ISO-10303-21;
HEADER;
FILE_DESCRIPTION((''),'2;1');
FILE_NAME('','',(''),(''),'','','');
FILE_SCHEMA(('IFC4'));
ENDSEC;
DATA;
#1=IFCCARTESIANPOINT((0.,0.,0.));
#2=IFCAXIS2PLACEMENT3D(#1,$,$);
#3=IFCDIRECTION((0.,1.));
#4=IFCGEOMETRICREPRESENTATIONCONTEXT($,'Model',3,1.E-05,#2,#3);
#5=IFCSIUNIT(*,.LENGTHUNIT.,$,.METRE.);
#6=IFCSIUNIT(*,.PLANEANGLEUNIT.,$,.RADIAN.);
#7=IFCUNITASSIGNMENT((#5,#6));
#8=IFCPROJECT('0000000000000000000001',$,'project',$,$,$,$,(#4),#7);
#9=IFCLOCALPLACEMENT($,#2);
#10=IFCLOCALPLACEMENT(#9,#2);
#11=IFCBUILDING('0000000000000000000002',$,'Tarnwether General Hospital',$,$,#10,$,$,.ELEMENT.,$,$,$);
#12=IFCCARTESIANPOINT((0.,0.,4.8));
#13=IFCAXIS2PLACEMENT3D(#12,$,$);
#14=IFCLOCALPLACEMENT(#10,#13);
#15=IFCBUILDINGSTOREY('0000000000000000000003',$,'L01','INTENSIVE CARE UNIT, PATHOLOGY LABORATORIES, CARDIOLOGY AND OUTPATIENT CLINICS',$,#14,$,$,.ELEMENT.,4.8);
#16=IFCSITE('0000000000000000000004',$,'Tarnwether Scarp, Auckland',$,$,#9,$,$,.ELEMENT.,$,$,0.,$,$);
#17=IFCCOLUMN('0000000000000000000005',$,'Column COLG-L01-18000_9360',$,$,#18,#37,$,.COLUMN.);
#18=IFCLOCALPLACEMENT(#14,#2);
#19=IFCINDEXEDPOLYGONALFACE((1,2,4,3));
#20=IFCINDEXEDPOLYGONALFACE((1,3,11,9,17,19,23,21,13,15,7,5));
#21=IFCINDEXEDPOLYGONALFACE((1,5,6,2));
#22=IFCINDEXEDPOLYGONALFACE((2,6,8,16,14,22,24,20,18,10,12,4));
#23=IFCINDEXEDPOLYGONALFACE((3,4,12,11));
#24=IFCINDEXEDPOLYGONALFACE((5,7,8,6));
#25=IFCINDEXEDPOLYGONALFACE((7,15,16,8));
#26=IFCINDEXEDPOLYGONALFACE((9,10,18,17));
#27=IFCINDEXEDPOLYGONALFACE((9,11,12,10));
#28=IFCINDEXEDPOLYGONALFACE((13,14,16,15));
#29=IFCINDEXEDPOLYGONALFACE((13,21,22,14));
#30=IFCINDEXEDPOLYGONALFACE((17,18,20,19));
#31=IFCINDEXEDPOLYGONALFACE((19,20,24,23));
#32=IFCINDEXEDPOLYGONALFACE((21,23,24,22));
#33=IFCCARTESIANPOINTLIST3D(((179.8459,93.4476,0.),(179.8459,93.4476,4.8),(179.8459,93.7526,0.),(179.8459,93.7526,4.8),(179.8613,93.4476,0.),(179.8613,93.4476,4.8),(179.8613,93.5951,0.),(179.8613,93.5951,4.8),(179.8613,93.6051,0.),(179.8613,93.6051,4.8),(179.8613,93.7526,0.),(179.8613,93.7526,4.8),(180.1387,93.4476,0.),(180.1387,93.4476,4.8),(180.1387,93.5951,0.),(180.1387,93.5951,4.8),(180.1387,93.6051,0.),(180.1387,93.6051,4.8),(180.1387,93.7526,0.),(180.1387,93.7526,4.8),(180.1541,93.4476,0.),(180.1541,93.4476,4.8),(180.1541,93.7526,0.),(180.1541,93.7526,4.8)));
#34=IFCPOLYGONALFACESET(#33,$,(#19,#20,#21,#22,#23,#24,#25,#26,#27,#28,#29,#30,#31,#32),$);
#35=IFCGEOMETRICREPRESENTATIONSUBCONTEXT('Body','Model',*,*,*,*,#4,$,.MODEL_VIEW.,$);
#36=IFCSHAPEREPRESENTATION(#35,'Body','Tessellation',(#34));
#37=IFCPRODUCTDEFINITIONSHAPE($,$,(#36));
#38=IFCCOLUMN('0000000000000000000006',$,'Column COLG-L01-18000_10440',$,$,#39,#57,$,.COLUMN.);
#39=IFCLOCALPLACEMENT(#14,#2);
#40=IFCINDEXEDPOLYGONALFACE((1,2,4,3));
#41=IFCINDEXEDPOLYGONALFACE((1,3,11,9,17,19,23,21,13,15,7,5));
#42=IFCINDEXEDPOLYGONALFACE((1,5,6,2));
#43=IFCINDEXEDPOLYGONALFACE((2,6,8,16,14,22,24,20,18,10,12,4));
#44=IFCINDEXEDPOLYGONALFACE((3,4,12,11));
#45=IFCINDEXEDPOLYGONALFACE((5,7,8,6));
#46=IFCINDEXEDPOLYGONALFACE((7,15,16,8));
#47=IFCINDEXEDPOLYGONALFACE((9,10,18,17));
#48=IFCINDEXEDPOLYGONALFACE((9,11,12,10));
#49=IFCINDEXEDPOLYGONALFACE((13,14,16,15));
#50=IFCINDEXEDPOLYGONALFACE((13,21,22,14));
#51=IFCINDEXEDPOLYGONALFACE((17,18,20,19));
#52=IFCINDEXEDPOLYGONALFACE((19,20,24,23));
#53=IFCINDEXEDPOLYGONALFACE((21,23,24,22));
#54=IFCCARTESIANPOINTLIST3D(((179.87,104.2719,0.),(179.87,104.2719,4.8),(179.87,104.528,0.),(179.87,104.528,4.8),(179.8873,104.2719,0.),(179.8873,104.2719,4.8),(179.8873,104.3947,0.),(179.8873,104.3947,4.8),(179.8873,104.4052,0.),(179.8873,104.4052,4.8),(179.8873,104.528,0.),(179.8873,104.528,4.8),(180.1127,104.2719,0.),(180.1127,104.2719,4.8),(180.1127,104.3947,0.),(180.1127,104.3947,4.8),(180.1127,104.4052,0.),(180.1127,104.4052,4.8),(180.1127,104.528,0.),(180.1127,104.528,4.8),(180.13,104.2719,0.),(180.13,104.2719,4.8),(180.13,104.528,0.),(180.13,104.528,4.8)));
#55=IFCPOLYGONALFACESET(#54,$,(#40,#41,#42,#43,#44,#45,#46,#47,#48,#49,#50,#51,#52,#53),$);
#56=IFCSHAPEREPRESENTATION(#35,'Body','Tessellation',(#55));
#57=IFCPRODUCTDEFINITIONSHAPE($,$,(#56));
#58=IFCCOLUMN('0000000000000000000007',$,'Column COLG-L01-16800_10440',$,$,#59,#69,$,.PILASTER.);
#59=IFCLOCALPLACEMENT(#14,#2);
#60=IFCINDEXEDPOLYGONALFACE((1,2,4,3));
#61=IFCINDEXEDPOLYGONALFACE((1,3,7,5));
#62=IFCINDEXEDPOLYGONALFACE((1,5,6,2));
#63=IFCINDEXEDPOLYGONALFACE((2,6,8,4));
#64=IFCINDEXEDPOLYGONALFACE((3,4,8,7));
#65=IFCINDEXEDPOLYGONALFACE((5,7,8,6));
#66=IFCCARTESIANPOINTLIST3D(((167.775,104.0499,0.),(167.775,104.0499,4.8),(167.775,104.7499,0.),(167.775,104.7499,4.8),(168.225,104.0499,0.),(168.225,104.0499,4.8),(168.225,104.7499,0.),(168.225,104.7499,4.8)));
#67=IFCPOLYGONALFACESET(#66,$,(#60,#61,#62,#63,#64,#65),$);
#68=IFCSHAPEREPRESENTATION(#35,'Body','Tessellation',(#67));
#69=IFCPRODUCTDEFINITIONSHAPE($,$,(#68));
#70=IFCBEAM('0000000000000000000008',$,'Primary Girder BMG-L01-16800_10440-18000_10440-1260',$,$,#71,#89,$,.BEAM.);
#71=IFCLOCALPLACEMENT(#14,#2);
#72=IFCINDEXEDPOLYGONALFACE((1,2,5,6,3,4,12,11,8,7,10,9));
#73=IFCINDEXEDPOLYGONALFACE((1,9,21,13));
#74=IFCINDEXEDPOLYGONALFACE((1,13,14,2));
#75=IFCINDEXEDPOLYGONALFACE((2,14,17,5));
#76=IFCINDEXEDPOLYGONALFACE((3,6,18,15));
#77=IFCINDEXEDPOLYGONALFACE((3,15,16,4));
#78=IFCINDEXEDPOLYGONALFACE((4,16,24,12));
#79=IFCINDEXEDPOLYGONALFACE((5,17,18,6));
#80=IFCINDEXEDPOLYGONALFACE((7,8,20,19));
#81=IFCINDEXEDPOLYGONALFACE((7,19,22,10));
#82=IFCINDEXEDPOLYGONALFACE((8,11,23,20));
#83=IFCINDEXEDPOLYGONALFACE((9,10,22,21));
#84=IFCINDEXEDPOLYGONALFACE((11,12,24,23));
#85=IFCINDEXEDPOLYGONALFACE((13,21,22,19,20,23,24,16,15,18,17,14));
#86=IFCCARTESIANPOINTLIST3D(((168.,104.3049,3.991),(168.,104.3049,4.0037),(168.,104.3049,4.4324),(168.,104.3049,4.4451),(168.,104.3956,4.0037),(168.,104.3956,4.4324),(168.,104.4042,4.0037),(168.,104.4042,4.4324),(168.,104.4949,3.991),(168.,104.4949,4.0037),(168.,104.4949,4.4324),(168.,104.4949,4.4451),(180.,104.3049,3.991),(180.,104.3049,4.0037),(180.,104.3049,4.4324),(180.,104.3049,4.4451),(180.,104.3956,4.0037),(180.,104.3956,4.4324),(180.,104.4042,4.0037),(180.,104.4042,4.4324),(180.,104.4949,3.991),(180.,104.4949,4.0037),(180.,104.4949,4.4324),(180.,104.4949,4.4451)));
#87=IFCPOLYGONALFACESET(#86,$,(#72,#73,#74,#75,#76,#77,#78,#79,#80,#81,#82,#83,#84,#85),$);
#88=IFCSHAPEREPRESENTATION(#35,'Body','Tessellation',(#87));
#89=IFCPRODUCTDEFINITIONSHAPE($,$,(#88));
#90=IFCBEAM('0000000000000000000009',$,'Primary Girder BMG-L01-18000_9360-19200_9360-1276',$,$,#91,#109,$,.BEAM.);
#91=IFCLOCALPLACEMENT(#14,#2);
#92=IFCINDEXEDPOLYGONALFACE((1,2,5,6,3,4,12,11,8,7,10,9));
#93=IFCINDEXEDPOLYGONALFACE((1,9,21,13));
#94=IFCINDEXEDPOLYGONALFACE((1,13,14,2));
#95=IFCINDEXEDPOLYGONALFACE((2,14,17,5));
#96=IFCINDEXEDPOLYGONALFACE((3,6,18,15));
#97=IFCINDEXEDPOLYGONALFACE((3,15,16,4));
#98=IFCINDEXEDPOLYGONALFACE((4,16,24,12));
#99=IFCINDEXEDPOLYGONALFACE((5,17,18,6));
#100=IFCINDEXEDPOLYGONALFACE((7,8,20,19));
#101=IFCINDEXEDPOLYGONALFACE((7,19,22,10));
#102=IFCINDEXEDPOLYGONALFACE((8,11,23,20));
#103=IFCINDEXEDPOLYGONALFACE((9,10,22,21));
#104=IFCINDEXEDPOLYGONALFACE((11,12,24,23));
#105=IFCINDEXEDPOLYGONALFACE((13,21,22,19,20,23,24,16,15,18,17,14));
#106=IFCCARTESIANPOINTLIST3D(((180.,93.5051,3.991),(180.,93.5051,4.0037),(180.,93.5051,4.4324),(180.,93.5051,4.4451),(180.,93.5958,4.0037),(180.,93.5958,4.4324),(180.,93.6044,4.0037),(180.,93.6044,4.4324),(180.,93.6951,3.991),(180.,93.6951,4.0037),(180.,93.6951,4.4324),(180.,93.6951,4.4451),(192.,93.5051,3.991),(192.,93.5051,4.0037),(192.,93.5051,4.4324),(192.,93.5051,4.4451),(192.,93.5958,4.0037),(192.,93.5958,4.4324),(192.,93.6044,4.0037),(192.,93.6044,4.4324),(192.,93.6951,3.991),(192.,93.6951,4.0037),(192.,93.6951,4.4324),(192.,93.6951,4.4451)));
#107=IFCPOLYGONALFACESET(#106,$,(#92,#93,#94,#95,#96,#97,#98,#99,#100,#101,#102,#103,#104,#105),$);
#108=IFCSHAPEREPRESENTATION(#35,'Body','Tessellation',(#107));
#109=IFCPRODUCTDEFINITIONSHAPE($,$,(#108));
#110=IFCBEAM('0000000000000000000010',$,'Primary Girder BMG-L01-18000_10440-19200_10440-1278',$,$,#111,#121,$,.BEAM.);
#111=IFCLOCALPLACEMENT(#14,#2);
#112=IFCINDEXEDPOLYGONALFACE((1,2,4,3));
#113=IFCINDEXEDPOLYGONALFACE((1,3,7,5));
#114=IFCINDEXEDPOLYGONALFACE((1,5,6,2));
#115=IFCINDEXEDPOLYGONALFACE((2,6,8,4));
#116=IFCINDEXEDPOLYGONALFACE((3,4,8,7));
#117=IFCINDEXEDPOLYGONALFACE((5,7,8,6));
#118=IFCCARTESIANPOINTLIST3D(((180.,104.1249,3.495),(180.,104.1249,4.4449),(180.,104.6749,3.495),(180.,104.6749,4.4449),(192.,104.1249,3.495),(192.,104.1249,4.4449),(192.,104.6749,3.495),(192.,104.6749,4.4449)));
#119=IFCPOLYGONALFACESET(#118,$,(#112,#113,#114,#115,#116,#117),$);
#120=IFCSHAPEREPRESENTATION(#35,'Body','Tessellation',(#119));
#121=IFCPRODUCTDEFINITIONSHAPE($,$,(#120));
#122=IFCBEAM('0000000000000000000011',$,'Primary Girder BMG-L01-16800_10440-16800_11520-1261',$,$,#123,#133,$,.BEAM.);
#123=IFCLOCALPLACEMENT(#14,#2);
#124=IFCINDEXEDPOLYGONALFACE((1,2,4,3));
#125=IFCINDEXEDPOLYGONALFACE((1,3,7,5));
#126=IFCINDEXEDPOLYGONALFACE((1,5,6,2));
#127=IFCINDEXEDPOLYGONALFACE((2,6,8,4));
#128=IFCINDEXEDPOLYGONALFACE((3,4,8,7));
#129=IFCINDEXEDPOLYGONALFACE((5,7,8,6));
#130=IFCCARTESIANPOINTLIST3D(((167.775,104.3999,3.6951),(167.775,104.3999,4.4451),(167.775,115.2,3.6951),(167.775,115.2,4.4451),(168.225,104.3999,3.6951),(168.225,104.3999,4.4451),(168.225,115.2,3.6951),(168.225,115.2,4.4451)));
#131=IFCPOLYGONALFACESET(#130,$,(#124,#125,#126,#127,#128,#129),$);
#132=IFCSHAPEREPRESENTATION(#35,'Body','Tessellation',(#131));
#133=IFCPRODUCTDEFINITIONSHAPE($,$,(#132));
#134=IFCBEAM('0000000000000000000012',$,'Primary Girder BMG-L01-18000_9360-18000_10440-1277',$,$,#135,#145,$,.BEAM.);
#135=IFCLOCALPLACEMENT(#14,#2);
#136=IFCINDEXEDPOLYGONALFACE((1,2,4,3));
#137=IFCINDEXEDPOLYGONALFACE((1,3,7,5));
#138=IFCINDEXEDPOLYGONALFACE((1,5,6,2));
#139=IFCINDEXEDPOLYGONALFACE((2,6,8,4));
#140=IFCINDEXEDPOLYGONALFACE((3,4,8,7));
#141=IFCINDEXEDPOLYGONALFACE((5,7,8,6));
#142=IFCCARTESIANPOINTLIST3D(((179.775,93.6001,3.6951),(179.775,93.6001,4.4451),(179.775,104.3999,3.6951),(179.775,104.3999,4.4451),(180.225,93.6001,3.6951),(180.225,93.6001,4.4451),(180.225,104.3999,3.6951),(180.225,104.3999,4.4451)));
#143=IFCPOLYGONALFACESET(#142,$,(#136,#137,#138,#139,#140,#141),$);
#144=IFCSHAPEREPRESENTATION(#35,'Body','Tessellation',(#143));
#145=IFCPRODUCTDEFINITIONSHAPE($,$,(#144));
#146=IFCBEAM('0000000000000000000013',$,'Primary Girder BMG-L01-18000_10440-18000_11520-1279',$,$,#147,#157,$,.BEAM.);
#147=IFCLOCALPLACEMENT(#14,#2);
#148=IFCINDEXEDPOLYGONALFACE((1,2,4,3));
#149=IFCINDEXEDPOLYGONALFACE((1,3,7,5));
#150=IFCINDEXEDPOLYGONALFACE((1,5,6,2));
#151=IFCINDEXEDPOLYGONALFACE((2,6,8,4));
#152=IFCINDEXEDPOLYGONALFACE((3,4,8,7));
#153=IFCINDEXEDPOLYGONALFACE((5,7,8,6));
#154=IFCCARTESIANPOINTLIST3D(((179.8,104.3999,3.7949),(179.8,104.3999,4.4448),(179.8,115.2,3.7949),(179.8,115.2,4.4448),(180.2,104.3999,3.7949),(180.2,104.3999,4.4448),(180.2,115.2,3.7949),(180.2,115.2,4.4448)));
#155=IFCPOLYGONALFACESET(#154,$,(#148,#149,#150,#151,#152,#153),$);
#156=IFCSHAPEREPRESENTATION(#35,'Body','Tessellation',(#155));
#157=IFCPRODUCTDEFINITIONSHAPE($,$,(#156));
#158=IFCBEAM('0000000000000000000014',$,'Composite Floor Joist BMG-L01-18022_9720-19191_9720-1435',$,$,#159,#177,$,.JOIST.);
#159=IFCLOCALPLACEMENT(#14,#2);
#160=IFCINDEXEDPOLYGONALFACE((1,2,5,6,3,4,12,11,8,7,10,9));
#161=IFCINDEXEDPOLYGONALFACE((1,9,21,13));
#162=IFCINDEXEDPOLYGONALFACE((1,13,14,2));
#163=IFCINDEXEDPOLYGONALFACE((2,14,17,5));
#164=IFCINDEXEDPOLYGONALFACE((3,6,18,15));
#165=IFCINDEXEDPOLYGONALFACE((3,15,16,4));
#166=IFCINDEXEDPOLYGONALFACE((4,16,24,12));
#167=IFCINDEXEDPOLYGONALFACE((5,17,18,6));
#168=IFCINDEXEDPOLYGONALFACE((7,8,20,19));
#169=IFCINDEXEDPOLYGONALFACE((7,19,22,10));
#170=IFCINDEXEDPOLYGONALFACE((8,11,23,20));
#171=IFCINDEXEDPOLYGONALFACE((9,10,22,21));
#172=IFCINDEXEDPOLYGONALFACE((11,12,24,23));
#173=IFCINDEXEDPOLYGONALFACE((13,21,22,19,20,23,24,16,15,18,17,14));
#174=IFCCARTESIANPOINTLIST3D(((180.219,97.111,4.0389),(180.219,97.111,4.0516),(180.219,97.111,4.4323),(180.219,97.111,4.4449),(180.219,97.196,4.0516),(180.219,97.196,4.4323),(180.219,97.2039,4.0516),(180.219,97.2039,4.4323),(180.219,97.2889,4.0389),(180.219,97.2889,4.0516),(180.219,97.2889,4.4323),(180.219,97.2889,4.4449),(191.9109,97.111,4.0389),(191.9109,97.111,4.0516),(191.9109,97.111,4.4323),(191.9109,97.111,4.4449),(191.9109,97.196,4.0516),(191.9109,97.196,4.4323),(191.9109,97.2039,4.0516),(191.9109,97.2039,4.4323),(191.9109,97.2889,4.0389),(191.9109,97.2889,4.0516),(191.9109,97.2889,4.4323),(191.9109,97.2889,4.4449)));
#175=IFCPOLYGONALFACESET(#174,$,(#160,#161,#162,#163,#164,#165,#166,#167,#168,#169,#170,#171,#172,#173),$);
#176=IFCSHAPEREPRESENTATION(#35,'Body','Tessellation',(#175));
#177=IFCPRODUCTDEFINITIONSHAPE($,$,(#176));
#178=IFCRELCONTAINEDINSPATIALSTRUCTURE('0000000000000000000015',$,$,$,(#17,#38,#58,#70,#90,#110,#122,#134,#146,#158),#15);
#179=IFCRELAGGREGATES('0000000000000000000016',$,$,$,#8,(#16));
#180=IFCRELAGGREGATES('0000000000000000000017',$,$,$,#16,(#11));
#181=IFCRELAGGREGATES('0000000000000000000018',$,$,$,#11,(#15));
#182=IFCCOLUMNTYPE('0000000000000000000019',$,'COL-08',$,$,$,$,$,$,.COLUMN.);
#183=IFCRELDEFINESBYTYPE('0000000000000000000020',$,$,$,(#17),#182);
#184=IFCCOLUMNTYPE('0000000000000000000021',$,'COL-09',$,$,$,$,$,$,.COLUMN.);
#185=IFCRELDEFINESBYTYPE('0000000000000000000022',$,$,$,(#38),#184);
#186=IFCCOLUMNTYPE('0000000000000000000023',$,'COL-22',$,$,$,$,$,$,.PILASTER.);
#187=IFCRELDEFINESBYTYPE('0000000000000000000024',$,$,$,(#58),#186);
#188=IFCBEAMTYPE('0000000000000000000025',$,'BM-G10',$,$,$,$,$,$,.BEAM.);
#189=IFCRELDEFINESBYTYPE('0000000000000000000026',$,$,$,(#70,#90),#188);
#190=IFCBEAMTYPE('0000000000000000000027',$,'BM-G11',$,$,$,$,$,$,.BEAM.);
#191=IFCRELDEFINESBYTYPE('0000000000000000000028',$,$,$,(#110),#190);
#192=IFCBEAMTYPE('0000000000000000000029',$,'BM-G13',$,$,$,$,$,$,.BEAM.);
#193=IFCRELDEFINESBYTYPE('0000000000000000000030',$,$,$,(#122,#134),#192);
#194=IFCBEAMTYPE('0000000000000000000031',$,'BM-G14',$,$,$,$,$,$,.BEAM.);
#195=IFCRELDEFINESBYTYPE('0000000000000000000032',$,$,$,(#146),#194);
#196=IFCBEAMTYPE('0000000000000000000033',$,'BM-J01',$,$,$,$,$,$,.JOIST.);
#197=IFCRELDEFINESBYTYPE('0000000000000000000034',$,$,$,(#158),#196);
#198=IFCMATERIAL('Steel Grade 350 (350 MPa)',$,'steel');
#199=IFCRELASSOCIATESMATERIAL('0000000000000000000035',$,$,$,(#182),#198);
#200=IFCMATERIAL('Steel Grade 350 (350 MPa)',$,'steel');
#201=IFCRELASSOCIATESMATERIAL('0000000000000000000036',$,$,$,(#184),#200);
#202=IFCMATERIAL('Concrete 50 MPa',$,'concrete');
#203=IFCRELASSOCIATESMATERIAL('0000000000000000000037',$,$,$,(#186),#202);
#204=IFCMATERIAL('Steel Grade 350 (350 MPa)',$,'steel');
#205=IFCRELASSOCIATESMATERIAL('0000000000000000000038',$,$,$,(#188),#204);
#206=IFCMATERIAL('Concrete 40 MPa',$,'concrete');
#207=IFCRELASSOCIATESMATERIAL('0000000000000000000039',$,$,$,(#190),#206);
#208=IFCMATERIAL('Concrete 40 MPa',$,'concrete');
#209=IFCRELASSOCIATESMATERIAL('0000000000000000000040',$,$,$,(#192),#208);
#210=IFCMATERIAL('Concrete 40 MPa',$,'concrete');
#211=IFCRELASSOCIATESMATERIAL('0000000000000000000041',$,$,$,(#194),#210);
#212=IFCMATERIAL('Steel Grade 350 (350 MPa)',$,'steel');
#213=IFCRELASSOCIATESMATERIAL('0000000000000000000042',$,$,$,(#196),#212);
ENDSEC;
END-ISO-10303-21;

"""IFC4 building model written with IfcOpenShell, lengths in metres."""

from ifc_helpers import new_model, si_unit, direction, frame, origin, origin_2d, place, context, subcontext, project, spatial, rectangle, i_section, extrude, material, material_profile, profile_set, type_object, element, save


model = new_model("IFC4")

# Units and contexts
model_context = context("Model", 3, precision=1e-05, world=origin(), true_north=direction((0.0, 1.0)))
body_context = subcontext(model_context, "Body", "Model", "MODEL_VIEW")
ifc_project = project(units=[si_unit("LENGTHUNIT", "METRE"), si_unit("PLANEANGLEUNIT", "RADIAN")], contexts=[model_context])

# Site, building, storey
site_placement = place(None, origin())
site = spatial("IfcSite", under=ifc_project, at=site_placement, Name="Tarnwether Scarp, Auckland", CompositionType="ELEMENT", RefElevation=0.0)
building_placement = place(site_placement, origin())
building = spatial("IfcBuilding", under=site, at=building_placement, Name="Tarnwether General Hospital", CompositionType="ELEMENT")
storey_placement = place(building_placement, frame((0.0, 0.0, 4.8)))
storey = spatial("IfcBuildingStorey", under=building, at=storey_placement, Name="L01", Description="INTENSIVE CARE UNIT, PATHOLOGY LABORATORIES, CARDIOLOGY AND OUTPATIENT CLINICS", CompositionType="ELEMENT", Elevation=4.8)

# Columns
ifc_material_1 = material(Name="Steel Grade 350 (350 MPa)", Category="steel")
ifc_material_profile_1 = material_profile(ifc_material_1, i_section(OverallWidth=0.3049, OverallDepth=0.3081, WebThickness=0.01, FlangeThickness=0.0154, at=origin_2d()), Name="310UC96.8")
ifc_profile_set_1 = profile_set([ifc_material_profile_1], Name="Steel Grade 350 (350 MPa)")
column_type_1 = type_object("IfcColumnType", Name="COL-08", PredefinedType="COLUMN", material=ifc_profile_set_1)
column_1_placement = place(storey_placement, frame((180.0, 93.6001, 0.0), z_axis=(0.0, 0.0, 1.0), x_axis=(0.0, 1.0, 0.0)))
element("IfcColumn", 1, at=column_1_placement, inside=storey, type_object=column_type_1, Name="Column COLG-L01-18000_9360", PredefinedType="COLUMN", context=body_context, shape_type="SweptSolid", body=[
    extrude(i_section(OverallWidth=0.3049, OverallDepth=0.3081, WebThickness=0.01, FlangeThickness=0.0154, at=origin_2d()), origin(), (0.0, 0.0, 1.0), 4.8),
])
ifc_material_2 = material(Name="Steel Grade 350 (350 MPa)", Category="steel")
ifc_material_profile_2 = material_profile(ifc_material_2, i_section(OverallWidth=0.2561, OverallDepth=0.26, WebThickness=0.0105, FlangeThickness=0.0173, at=origin_2d()), Name="250UC89.5")
ifc_profile_set_2 = profile_set([ifc_material_profile_2], Name="Steel Grade 350 (350 MPa)")
column_type_2 = type_object("IfcColumnType", Name="COL-09", PredefinedType="COLUMN", material=ifc_profile_set_2)
column_2_placement = place(storey_placement, frame((180.0, 104.3999, 0.0), z_axis=(0.0, 0.0, 1.0), x_axis=(0.0, 1.0, 0.0)))
element("IfcColumn", 2, at=column_2_placement, inside=storey, type_object=column_type_2, Name="Column COLG-L01-18000_10440", PredefinedType="COLUMN", context=body_context, shape_type="SweptSolid", body=[
    extrude(i_section(OverallWidth=0.2561, OverallDepth=0.26, WebThickness=0.0105, FlangeThickness=0.0173, at=origin_2d()), origin(), (0.0, 0.0, 1.0), 4.8),
])
ifc_material_3 = material(Name="Concrete 50 MPa", Category="concrete")
ifc_material_profile_3 = material_profile(ifc_material_3, rectangle(XDim=0.45, YDim=0.7, at=origin_2d()), Name="RC-PIL-450x700")
ifc_profile_set_3 = profile_set([ifc_material_profile_3], Name="Concrete 50 MPa")
column_type_3 = type_object("IfcColumnType", Name="COL-22", PredefinedType="PILASTER", material=ifc_profile_set_3)
column_3_placement = place(storey_placement, frame((168.0, 104.3999, 0.0), z_axis=(0.0, 0.0, 1.0), x_axis=(1.0, 0.0, 0.0)))
element("IfcColumn", 3, at=column_3_placement, inside=storey, type_object=column_type_3, Name="Column COLG-L01-16800_10440", PredefinedType="PILASTER", context=body_context, shape_type="SweptSolid", body=[
    extrude(rectangle(XDim=0.45, YDim=0.7, at=origin_2d()), origin(), (0.0, 0.0, 1.0), 4.8),
])

# Beams
ifc_material_4 = material(Name="Steel Grade 350 (350 MPa)", Category="steel")
ifc_material_profile_4 = material_profile(ifc_material_4, i_section(OverallWidth=0.1899, OverallDepth=0.4541, WebThickness=0.0085, FlangeThickness=0.0127, at=origin_2d()), Name="460UB67.1")
ifc_profile_set_4 = profile_set([ifc_material_profile_4], Name="Steel Grade 350 (350 MPa)")
beam_type_1 = type_object("IfcBeamType", Name="BM-G10", PredefinedType="BEAM", material=ifc_profile_set_4)
for number, where, z_axis, x_axis, name in (
    (4, (168.0, 104.3999, 4.218), (1.0, 0.0, 0.0), (0.0, 1.0, 0.0), "Primary Girder BMG-L01-16800_10440-18000_10440-1260"),
    (5, (180.0, 93.6001, 4.218), (1.0, 0.0, 0.0), (0.0, 1.0, 0.0), "Primary Girder BMG-L01-18000_9360-19200_9360-1276"),
):
    element("IfcBeam", number, at=place(storey_placement, frame(where, z_axis=z_axis, x_axis=x_axis)), inside=storey, type_object=beam_type_1, Name=name, PredefinedType="BEAM", context=body_context, shape_type="SweptSolid", body=[
        extrude(i_section(OverallWidth=0.1899, OverallDepth=0.4541, WebThickness=0.0085, FlangeThickness=0.0127, at=origin_2d()), origin(), (0.0, 0.0, 1.0), 12.0),
    ])
ifc_material_5 = material(Name="Concrete 40 MPa", Category="concrete")
ifc_material_profile_5 = material_profile(ifc_material_5, rectangle(XDim=0.55, YDim=0.95, at=origin_2d()), Name="RC-BM-550x950")
ifc_profile_set_5 = profile_set([ifc_material_profile_5], Name="Concrete 40 MPa")
beam_type_2 = type_object("IfcBeamType", Name="BM-G11", PredefinedType="BEAM", material=ifc_profile_set_5)
beam_1_placement = place(storey_placement, frame((180.0, 104.3999, 3.97), z_axis=(1.0, 0.0, 0.0), x_axis=(0.0, 1.0, 0.0)))
element("IfcBeam", 6, at=beam_1_placement, inside=storey, type_object=beam_type_2, Name="Primary Girder BMG-L01-18000_10440-19200_10440-1278", PredefinedType="BEAM", context=body_context, shape_type="SweptSolid", body=[
    extrude(rectangle(XDim=0.55, YDim=0.95, at=origin_2d()), origin(), (0.0, 0.0, 1.0), 12.0),
])
ifc_material_6 = material(Name="Concrete 40 MPa", Category="concrete")
ifc_material_profile_6 = material_profile(ifc_material_6, rectangle(XDim=0.45, YDim=0.75, at=origin_2d()), Name="RC-BM-450x750")
ifc_profile_set_6 = profile_set([ifc_material_profile_6], Name="Concrete 40 MPa")
beam_type_3 = type_object("IfcBeamType", Name="BM-G13", PredefinedType="BEAM", material=ifc_profile_set_6)
beam_2_placement = place(storey_placement, frame((168.0, 104.3999, 4.0701), z_axis=(0.0, 1.0, 0.0), x_axis=(-1.0, 0.0, 0.0)))
element("IfcBeam", 7, at=beam_2_placement, inside=storey, type_object=beam_type_3, Name="Primary Girder BMG-L01-16800_10440-16800_11520-1261", PredefinedType="BEAM", context=body_context, shape_type="SweptSolid", body=[
    extrude(rectangle(XDim=0.45, YDim=0.75, at=origin_2d()), origin(), (0.0, 0.0, 1.0), 10.8),
])
beam_3_placement = place(storey_placement, frame((180.0, 93.6001, 4.0701), z_axis=(0.0, 1.0, 0.0), x_axis=(-1.0, 0.0, 0.0)))
element("IfcBeam", 8, at=beam_3_placement, inside=storey, type_object=beam_type_3, Name="Primary Girder BMG-L01-18000_9360-18000_10440-1277", PredefinedType="BEAM", context=body_context, shape_type="SweptSolid", body=[
    extrude(rectangle(XDim=0.45, YDim=0.75, at=origin_2d()), origin(), (0.0, 0.0, 1.0), 10.7998),
])
ifc_material_7 = material(Name="Concrete 40 MPa", Category="concrete")
ifc_material_profile_7 = material_profile(ifc_material_7, rectangle(XDim=0.3999, YDim=0.6499, at=origin_2d()), Name="RC-BM-400x650")
ifc_profile_set_7 = profile_set([ifc_material_profile_7], Name="Concrete 40 MPa")
beam_type_4 = type_object("IfcBeamType", Name="BM-G14", PredefinedType="BEAM", material=ifc_profile_set_7)
beam_4_placement = place(storey_placement, frame((180.0, 104.3999, 4.1199), z_axis=(0.0, 1.0, 0.0), x_axis=(-1.0, 0.0, 0.0)))
element("IfcBeam", 9, at=beam_4_placement, inside=storey, type_object=beam_type_4, Name="Primary Girder BMG-L01-18000_10440-18000_11520-1279", PredefinedType="BEAM", context=body_context, shape_type="SweptSolid", body=[
    extrude(rectangle(XDim=0.3999, YDim=0.6499, at=origin_2d()), origin(), (0.0, 0.0, 1.0), 10.8),
])
ifc_material_8 = material(Name="Steel Grade 350 (350 MPa)", Category="steel")
ifc_material_profile_8 = material_profile(ifc_material_8, i_section(OverallWidth=0.178, OverallDepth=0.406, WebThickness=0.0078, FlangeThickness=0.0127, at=origin_2d()), Name="410UB59.7")
ifc_profile_set_8 = profile_set([ifc_material_profile_8], Name="Steel Grade 350 (350 MPa)")
beam_type_5 = type_object("IfcBeamType", Name="BM-J01", PredefinedType="JOIST", material=ifc_profile_set_8)
beam_5_placement = place(storey_placement, frame((180.219, 97.2, 4.2419), z_axis=(1.0, 0.0, 0.0), x_axis=(0.0, 1.0, 0.0)))
element("IfcBeam", 10, at=beam_5_placement, inside=storey, type_object=beam_type_5, Name="Composite Floor Joist BMG-L01-18022_9720-19191_9720-1435", PredefinedType="JOIST", context=body_context, shape_type="SweptSolid", body=[
    extrude(i_section(OverallWidth=0.178, OverallDepth=0.406, WebThickness=0.0078, FlangeThickness=0.0127, at=origin_2d()), origin(), (0.0, 0.0, 1.0), 11.6919),
])

save(model, "model.ifc")
